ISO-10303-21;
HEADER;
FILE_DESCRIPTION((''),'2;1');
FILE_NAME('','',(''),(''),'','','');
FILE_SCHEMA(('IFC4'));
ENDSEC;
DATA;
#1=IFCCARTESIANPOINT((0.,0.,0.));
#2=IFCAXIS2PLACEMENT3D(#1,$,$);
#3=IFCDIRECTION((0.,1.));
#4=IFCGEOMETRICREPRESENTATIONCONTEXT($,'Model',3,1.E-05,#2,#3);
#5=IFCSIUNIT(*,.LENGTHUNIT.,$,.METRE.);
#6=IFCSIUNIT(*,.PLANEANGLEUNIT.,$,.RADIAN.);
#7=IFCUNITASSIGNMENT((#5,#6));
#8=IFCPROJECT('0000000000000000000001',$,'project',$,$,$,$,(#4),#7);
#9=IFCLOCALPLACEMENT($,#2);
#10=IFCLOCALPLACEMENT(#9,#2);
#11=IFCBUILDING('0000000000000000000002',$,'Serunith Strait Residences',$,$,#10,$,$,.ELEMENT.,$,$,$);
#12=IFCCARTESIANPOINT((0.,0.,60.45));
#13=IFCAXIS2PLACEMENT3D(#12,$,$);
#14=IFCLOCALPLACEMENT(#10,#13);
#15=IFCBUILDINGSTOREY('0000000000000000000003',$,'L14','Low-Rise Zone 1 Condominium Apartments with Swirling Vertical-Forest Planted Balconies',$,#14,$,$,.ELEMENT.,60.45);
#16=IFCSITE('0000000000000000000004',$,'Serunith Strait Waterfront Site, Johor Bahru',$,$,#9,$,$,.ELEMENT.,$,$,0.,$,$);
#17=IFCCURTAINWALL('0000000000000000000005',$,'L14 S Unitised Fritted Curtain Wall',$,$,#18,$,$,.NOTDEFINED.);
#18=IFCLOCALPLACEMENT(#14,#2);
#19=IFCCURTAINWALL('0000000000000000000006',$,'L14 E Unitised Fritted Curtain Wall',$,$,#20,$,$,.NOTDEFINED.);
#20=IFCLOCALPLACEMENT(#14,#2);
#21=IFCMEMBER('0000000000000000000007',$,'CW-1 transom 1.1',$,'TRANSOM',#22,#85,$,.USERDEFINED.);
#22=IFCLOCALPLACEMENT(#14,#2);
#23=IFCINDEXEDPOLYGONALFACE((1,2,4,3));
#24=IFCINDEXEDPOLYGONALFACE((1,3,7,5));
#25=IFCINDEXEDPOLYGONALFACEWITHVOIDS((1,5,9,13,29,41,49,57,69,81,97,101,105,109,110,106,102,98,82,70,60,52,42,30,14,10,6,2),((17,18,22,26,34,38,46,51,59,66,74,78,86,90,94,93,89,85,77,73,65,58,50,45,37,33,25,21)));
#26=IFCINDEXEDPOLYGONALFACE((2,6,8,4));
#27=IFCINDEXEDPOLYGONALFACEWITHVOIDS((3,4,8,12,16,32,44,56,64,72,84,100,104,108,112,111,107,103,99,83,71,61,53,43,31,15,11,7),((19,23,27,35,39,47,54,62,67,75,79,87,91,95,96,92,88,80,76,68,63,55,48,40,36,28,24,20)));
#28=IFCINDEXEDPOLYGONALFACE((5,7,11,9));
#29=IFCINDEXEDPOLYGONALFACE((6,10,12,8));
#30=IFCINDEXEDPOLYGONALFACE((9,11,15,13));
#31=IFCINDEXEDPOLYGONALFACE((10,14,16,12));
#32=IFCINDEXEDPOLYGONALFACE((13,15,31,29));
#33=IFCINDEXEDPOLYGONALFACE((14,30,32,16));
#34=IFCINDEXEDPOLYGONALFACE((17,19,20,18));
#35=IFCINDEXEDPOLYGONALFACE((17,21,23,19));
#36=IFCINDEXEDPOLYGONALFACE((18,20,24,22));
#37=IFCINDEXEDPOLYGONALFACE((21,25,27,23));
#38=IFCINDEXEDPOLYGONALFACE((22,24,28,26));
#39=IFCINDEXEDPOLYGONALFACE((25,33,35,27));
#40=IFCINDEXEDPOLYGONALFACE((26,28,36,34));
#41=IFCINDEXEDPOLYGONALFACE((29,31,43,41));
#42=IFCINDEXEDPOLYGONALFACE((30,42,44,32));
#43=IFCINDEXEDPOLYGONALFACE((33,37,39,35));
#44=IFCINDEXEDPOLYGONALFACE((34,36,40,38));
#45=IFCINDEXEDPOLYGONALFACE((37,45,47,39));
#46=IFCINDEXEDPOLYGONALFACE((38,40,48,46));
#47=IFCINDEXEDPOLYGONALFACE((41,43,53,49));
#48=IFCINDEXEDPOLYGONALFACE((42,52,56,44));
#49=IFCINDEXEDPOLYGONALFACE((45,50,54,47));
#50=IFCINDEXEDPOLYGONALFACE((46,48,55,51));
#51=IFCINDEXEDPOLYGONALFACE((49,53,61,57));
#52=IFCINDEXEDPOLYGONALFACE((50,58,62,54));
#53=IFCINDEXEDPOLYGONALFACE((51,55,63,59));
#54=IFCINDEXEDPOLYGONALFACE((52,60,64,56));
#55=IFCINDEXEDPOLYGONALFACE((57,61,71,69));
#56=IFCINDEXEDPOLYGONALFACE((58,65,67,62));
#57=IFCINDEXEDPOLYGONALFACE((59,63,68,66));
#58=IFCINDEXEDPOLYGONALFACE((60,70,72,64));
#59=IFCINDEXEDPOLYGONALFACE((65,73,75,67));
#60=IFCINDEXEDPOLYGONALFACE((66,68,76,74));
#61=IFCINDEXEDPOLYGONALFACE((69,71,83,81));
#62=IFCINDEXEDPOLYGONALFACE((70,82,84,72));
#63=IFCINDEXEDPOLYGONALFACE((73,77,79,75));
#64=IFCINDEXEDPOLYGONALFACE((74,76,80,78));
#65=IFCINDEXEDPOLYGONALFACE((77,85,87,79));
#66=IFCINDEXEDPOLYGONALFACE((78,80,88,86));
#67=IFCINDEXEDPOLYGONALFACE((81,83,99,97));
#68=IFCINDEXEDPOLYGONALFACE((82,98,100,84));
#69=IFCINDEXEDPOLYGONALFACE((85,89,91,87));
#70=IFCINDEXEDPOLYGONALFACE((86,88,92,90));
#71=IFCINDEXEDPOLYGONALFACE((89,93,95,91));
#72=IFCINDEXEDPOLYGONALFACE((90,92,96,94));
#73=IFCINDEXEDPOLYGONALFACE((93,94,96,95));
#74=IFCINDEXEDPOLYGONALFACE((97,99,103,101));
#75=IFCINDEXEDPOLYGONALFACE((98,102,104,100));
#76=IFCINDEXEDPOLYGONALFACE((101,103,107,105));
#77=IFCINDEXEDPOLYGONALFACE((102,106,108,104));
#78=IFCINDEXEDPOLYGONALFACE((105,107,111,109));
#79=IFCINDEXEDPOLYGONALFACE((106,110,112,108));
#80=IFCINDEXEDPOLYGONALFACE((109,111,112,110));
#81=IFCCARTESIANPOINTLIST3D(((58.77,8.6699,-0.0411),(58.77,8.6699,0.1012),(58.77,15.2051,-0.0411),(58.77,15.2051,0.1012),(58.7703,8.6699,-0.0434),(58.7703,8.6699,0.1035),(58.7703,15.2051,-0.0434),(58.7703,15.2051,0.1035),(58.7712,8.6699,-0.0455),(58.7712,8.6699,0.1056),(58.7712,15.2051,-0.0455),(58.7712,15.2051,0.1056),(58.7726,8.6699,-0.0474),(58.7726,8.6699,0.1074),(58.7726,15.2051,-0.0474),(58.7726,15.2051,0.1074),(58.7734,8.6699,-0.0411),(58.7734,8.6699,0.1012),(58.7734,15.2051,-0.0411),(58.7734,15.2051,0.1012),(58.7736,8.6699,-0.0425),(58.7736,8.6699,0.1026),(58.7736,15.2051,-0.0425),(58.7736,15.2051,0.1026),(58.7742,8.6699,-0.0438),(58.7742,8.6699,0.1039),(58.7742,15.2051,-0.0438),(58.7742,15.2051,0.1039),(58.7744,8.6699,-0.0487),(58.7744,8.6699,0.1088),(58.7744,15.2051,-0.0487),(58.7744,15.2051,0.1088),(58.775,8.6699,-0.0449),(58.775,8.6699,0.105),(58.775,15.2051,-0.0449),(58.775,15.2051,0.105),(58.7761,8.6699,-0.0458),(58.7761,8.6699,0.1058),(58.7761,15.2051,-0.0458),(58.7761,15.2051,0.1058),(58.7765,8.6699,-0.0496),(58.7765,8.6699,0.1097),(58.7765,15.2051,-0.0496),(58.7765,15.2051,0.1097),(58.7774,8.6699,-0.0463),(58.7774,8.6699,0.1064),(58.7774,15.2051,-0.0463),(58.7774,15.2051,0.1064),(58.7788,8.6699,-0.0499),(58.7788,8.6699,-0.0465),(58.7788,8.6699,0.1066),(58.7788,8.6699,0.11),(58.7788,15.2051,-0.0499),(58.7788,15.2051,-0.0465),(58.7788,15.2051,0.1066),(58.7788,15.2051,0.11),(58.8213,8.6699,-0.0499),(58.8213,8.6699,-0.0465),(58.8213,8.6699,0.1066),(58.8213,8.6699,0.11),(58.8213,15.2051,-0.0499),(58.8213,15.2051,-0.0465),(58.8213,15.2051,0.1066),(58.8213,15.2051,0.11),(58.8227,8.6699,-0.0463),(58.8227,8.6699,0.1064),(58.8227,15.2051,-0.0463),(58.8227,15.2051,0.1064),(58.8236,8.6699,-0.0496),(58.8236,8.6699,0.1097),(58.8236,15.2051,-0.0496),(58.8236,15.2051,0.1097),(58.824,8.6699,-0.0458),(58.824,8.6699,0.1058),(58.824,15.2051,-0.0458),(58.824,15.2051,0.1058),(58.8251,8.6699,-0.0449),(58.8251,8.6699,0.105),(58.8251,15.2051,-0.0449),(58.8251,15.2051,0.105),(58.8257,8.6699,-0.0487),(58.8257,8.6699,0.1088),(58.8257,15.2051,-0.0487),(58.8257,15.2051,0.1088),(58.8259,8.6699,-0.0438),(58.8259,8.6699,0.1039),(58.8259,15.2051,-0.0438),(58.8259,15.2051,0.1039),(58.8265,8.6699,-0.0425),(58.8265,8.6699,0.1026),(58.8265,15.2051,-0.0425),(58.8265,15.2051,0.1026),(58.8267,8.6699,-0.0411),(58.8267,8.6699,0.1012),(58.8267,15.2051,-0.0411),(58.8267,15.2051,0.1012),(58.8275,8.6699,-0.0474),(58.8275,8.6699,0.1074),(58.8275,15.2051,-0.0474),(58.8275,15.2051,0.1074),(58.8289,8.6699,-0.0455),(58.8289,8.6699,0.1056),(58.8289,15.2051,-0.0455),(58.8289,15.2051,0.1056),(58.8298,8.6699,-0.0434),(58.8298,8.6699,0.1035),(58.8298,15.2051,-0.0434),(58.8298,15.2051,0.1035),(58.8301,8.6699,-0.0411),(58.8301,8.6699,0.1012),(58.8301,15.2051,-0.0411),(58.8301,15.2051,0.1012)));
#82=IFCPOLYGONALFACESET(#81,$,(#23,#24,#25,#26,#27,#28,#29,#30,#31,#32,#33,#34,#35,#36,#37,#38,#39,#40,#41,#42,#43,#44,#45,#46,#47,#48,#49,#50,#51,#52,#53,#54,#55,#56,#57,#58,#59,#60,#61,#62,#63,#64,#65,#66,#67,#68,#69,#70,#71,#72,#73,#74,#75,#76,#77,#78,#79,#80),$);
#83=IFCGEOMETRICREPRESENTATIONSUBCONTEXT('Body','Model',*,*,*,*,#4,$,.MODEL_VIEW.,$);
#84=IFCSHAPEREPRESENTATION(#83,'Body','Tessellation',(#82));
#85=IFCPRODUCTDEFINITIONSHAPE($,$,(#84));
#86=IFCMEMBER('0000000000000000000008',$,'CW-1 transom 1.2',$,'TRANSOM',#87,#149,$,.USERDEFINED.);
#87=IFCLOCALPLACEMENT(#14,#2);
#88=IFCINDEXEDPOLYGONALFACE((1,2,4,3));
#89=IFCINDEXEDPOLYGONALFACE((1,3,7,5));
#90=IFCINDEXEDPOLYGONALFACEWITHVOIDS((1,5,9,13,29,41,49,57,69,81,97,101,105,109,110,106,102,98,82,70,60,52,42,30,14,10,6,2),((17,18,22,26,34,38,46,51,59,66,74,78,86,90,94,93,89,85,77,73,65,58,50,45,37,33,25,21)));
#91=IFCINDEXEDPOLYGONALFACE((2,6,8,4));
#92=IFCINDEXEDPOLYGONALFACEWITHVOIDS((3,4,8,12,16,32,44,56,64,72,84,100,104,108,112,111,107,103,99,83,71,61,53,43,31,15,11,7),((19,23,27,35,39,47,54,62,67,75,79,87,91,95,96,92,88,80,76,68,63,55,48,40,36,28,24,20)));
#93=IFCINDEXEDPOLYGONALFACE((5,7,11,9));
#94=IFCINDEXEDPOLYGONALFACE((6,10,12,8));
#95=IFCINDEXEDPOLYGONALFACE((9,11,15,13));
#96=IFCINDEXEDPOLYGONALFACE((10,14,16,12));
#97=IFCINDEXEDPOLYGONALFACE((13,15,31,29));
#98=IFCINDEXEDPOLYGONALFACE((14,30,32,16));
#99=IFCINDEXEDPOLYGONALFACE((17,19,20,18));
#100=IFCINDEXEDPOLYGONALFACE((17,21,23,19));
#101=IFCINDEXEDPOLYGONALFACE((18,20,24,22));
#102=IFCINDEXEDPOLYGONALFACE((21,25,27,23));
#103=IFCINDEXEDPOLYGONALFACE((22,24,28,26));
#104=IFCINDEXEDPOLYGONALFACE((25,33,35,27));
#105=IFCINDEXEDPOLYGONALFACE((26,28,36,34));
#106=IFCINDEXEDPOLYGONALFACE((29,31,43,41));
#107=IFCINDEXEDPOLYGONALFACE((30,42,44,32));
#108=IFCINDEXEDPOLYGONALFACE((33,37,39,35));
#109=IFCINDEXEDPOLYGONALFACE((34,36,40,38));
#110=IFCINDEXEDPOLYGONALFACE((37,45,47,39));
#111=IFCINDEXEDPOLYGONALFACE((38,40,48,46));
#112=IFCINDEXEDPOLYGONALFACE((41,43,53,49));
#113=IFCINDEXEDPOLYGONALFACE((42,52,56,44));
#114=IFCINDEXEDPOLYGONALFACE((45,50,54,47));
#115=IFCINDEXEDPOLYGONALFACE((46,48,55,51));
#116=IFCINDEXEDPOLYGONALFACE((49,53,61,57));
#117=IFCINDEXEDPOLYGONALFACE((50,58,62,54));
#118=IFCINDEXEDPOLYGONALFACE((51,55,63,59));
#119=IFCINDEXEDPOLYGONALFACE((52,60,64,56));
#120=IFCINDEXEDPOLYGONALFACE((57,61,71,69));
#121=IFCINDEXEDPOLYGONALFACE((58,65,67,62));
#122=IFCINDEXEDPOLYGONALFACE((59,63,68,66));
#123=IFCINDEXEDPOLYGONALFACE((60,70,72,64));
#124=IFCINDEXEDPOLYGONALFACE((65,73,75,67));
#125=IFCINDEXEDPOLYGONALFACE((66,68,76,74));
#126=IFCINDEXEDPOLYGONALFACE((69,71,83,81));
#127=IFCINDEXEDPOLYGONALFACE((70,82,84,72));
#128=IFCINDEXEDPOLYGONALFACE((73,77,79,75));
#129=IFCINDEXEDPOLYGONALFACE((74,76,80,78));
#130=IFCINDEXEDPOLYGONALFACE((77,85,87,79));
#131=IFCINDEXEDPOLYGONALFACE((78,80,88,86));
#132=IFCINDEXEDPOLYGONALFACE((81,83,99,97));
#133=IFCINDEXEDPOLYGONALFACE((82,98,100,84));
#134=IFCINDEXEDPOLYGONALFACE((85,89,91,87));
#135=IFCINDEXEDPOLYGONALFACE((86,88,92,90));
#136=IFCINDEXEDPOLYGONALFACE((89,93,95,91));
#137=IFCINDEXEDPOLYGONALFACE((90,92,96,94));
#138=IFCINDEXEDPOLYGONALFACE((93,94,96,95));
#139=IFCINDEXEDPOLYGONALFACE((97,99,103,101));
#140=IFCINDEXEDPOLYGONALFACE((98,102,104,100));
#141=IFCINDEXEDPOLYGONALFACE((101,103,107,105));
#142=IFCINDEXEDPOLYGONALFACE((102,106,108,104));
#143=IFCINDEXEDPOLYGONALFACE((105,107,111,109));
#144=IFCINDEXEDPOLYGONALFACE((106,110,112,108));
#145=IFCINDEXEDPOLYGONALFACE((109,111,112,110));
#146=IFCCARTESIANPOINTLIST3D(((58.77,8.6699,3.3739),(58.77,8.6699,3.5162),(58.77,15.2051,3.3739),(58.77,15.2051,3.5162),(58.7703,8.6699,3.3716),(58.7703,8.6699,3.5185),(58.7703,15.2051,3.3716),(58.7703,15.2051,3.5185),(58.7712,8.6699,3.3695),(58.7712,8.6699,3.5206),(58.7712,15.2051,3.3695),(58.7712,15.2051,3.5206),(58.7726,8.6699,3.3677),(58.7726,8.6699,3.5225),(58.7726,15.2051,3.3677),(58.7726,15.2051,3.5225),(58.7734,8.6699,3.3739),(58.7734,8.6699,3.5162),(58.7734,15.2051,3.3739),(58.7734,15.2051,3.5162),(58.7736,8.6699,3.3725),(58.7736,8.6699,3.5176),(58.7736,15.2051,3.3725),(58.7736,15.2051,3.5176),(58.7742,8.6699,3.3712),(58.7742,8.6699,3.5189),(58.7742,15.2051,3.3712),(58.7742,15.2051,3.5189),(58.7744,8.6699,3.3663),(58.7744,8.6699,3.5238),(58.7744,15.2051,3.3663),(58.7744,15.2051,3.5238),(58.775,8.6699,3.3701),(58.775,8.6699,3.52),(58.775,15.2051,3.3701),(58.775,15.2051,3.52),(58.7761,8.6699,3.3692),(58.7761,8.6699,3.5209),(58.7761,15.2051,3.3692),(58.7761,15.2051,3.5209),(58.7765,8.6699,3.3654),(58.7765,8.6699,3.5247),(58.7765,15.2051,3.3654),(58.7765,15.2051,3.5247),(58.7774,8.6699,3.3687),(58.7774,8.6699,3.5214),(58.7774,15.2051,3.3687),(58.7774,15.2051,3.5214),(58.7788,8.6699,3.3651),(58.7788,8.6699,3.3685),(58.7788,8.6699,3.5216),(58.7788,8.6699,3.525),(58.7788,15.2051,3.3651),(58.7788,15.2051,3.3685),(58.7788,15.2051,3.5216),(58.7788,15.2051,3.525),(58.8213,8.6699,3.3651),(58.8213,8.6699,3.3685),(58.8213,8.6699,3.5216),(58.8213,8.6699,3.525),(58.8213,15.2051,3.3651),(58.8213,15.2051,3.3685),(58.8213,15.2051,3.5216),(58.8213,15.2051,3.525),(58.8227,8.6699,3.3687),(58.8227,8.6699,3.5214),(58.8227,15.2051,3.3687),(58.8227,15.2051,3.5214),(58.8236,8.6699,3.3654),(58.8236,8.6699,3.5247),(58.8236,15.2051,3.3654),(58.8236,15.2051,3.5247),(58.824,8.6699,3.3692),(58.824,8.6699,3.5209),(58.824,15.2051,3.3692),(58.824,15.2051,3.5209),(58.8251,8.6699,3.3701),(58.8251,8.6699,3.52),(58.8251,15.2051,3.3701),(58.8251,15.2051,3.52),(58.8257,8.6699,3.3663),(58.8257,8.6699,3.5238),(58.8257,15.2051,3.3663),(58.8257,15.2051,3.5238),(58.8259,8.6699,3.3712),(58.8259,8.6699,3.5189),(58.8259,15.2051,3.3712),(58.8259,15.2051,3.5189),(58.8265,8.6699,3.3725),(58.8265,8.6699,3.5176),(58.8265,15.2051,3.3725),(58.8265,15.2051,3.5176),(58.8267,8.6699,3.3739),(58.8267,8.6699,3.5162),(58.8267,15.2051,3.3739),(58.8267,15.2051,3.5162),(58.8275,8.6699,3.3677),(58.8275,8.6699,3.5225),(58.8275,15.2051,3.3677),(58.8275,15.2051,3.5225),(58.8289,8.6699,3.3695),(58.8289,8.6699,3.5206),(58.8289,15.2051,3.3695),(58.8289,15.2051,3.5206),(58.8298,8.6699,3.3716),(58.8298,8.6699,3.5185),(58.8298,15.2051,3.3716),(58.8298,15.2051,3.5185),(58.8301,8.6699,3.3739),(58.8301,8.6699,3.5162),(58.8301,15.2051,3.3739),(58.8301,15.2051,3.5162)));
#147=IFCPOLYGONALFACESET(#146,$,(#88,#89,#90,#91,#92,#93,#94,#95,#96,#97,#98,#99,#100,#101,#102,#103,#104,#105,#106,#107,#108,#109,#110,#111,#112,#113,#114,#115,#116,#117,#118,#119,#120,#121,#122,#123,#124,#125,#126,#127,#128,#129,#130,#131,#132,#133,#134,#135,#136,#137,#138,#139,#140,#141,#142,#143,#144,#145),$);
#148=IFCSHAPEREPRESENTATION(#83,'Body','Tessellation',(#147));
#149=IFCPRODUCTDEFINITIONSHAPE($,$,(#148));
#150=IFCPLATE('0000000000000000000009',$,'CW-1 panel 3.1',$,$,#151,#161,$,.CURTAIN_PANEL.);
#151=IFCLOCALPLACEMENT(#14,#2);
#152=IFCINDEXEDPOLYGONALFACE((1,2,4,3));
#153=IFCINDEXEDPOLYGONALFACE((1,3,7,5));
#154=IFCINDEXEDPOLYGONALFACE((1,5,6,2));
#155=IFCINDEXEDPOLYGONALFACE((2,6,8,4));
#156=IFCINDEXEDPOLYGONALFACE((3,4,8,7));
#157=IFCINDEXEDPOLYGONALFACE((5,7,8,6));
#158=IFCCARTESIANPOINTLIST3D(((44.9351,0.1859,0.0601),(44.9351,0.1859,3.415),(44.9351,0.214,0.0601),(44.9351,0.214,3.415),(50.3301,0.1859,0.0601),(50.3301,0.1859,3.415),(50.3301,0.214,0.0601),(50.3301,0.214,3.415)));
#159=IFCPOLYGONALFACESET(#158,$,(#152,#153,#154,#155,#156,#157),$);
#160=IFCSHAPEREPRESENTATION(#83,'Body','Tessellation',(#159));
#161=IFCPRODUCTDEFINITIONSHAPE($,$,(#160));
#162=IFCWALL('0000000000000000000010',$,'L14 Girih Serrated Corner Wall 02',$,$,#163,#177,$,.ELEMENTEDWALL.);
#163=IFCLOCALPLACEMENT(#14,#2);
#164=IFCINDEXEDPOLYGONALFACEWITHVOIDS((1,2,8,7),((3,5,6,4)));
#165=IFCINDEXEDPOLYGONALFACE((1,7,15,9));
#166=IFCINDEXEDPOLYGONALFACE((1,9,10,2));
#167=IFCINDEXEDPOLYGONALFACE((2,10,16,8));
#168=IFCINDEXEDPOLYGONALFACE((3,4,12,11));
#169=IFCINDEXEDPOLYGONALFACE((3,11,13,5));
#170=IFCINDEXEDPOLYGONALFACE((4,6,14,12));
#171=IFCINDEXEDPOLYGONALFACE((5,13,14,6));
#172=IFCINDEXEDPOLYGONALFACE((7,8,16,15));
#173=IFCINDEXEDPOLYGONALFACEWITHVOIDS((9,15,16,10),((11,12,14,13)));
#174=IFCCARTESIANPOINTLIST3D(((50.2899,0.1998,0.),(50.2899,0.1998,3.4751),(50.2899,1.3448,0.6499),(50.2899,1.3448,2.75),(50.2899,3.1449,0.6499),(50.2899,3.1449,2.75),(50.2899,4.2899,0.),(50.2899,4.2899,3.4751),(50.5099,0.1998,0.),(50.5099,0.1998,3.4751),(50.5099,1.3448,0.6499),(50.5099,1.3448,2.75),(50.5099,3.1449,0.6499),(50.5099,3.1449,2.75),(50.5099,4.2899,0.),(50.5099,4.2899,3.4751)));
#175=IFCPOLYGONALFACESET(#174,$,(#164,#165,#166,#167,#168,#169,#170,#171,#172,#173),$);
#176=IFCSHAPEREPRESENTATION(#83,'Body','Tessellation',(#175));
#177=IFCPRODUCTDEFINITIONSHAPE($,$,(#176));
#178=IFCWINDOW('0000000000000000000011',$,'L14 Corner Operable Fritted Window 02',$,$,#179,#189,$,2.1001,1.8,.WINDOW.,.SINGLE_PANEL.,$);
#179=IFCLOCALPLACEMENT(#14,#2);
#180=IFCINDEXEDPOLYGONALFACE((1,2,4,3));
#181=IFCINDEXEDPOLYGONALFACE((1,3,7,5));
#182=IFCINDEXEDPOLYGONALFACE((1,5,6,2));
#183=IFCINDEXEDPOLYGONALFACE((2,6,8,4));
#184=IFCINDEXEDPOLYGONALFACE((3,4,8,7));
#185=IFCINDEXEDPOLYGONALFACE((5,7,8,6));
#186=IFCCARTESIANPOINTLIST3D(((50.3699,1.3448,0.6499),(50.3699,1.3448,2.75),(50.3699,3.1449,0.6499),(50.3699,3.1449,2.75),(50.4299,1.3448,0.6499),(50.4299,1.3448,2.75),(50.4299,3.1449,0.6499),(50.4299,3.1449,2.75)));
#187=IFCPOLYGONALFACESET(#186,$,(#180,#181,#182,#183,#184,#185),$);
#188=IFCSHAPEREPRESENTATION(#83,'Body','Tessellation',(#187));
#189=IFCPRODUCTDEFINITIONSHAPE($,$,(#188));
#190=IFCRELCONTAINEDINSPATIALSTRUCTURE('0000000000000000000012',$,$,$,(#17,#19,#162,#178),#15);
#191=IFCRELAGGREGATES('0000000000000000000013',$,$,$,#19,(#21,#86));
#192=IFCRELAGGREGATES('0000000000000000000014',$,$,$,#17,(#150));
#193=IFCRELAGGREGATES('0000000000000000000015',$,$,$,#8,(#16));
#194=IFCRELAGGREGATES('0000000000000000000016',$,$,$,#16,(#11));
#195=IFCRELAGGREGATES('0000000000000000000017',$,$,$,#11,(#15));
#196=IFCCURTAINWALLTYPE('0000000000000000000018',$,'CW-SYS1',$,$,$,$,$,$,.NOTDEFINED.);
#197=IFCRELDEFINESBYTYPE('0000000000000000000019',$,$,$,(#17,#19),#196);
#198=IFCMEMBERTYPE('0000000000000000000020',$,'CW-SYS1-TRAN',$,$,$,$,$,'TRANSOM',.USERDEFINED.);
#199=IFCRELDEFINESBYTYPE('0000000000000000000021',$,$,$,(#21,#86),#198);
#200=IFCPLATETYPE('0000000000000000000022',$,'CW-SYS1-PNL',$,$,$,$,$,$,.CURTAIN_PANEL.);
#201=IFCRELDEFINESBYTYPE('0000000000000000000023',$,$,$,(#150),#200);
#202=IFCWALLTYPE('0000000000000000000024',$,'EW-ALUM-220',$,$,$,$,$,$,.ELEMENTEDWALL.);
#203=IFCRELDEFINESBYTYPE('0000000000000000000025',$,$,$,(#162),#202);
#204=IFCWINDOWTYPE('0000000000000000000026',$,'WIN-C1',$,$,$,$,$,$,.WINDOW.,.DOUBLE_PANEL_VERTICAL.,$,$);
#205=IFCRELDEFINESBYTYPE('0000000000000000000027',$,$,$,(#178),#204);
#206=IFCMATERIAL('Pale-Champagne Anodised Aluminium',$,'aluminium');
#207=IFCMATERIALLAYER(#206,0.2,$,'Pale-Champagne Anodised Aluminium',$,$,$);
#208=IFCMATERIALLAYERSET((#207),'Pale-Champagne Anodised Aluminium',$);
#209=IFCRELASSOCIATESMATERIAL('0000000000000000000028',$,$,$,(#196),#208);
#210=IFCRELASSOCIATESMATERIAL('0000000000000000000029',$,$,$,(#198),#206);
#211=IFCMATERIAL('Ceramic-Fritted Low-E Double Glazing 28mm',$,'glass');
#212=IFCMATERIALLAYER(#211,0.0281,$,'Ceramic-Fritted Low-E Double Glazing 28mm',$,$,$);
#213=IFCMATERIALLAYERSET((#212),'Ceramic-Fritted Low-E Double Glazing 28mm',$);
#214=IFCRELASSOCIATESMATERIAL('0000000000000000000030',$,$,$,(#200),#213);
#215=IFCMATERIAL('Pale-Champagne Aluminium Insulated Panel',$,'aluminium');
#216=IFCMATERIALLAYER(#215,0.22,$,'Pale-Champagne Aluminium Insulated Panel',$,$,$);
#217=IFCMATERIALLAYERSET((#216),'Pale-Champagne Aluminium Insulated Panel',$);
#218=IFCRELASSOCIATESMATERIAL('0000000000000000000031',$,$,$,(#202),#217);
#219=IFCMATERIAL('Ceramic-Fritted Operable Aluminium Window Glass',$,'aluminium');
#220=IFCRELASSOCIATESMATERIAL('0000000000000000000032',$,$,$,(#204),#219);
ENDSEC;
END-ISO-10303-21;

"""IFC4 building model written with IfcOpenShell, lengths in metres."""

from ifc_helpers import new_model, si_unit, direction, frame, frame_2d, origin, origin_2d, place, context, subcontext, project, spatial, rectangle, hollow_rectangle, extrude, source, transform, mapped, material, layer, layer_set, material_profile, profile_set, type_object, element, fill, aggregate, save


model = new_model("IFC4")

# Units and contexts
model_context = context("Model", 3, precision=1e-05, world=origin(), true_north=direction((0.0, 1.0)))
body_context = subcontext(model_context, "Body", "Model", "MODEL_VIEW")
ifc_project = project(units=[si_unit("LENGTHUNIT", "METRE"), si_unit("PLANEANGLEUNIT", "RADIAN")], contexts=[model_context])

# Site, building, storey
site_placement = place(None, origin())
site = spatial("IfcSite", under=ifc_project, at=site_placement, Name="Serunith Strait Waterfront Site, Johor Bahru", CompositionType="ELEMENT", RefElevation=0.0)
building_placement = place(site_placement, origin())
building = spatial("IfcBuilding", under=site, at=building_placement, Name="Serunith Strait Residences", CompositionType="ELEMENT")
storey_placement = place(building_placement, frame((0.0, 0.0, 60.45)))
storey = spatial("IfcBuildingStorey", under=building, at=storey_placement, Name="L14", Description="Low-Rise Zone 1 Condominium Apartments with Swirling Vertical-Forest Planted Balconies", CompositionType="ELEMENT", Elevation=60.45)

# Curtain wall
ifc_material_1 = material(Name="Pale-Champagne Anodised Aluminium", Category="aluminium")
ifc_layer_1 = layer(ifc_material_1, 0.2, Name="Pale-Champagne Anodised Aluminium")
ifc_layer_set_1 = layer_set([ifc_layer_1], Name="Pale-Champagne Anodised Aluminium")
curtain_wall_type = type_object("IfcCurtainWallType", Name="CW-SYS1", PredefinedType="NOTDEFINED", material=ifc_layer_set_1)
curtain_wall_1_placement = place(storey_placement, origin())
curtain_wall_1 = element("IfcCurtainWall", 1, at=curtain_wall_1_placement, inside=storey, type_object=curtain_wall_type, Name="L14 S Unitised Fritted Curtain Wall", PredefinedType="NOTDEFINED")

# Curtain wall
curtain_wall_2_placement = place(storey_placement, origin())
curtain_wall_2 = element("IfcCurtainWall", 2, at=curtain_wall_2_placement, inside=storey, type_object=curtain_wall_type, Name="L14 E Unitised Fritted Curtain Wall", PredefinedType="NOTDEFINED")

# Members
ifc_material_profile_1 = material_profile(ifc_material_1, hollow_rectangle(XDim=0.0601, YDim=0.1599, WallThickness=0.0034, InnerFilletRadius=0.0054, OuterFilletRadius=0.0088, at=origin_2d()), Name="ALU 160x60x3.5")
ifc_profile_set_1 = profile_set([ifc_material_profile_1], Name="Pale-Champagne Anodised Aluminium")
member_type_1 = type_object("IfcMemberType", Name="CW-SYS1-TRAN", ElementType="TRANSOM", PredefinedType="USERDEFINED", material=ifc_profile_set_1)
shared_shape_1 = source(origin(), body_context, "Body", "SweptSolid", [
    extrude(hollow_rectangle(XDim=0.0601, YDim=0.1599, WallThickness=0.0034, InnerFilletRadius=0.0054, OuterFilletRadius=0.0088, at=origin_2d()), origin(), (0.0, 0.0, 1.0), 6.5352),
])
member_1_placement = place(storey_placement, frame((58.8, 8.6699, 0.03), z_axis=(0.0, 1.0, 0.0), x_axis=(-1.0, 0.0, 0.0)))
member_1 = element("IfcMember", 3, at=member_1_placement, type_object=member_type_1, Name="CW-1 transom 1.1", ObjectType="TRANSOM", PredefinedType="USERDEFINED", context=body_context, shape_type="MappedRepresentation", body=[
    mapped(shared_shape_1, transform((0.0, 0.0, 0.0), scale=1.0)),
])
member_2_placement = place(storey_placement, frame((58.8, 8.6699, 3.4451), z_axis=(0.0, 1.0, 0.0), x_axis=(-1.0, 0.0, 0.0)))
member_2 = element("IfcMember", 4, at=member_2_placement, type_object=member_type_1, Name="CW-1 transom 1.2", ObjectType="TRANSOM", PredefinedType="USERDEFINED", context=body_context, shape_type="MappedRepresentation", body=[
    mapped(shared_shape_1, transform((0.0, 0.0, 0.0), scale=1.0)),
])
aggregate(curtain_wall_2, [member_1, member_2])

# Plate
ifc_material_2 = material(Name="Ceramic-Fritted Low-E Double Glazing 28mm", Category="glass")
ifc_layer_2 = layer(ifc_material_2, 0.0281, Name="Ceramic-Fritted Low-E Double Glazing 28mm")
ifc_layer_set_2 = layer_set([ifc_layer_2], Name="Ceramic-Fritted Low-E Double Glazing 28mm")
plate_type = type_object("IfcPlateType", Name="CW-SYS1-PNL", PredefinedType="CURTAIN_PANEL", material=ifc_layer_set_2)
shared_shape_2 = source(origin(), body_context, "Body", "SweptSolid", [
    extrude(rectangle(XDim=5.395, YDim=0.0281, at=origin_2d()), origin(), (0.0, 0.0, 1.0), 3.355),
])
plate_placement = place(storey_placement, frame((47.6326, 0.2, 0.0601), z_axis=(0.0, 0.0, 1.0), x_axis=(1.0, 0.0, 0.0)))
plate = element("IfcPlate", 5, at=plate_placement, type_object=plate_type, Name="CW-1 panel 3.1", PredefinedType="CURTAIN_PANEL", context=body_context, shape_type="MappedRepresentation", body=[
    mapped(shared_shape_2, transform((0.0, 0.0, 0.0), scale=1.0)),
])
aggregate(curtain_wall_1, [plate])

# Wall, opening, window
ifc_material_3 = material(Name="Pale-Champagne Aluminium Insulated Panel", Category="aluminium")
ifc_layer_3 = layer(ifc_material_3, 0.22, Name="Pale-Champagne Aluminium Insulated Panel")
ifc_layer_set_3 = layer_set([ifc_layer_3], Name="Pale-Champagne Aluminium Insulated Panel")
wall_type_1 = type_object("IfcWallType", Name="EW-ALUM-220", PredefinedType="ELEMENTEDWALL", material=ifc_layer_set_3)
wall_1_placement = place(storey_placement, frame((50.3999, 0.2, 0.0), z_axis=(0.0, 0.0, 1.0), x_axis=(0.0, 1.0, 0.0)))
wall_1 = element("IfcWall", 6, at=wall_1_placement, inside=storey, type_object=wall_type_1, Name="L14 Girih Serrated Corner Wall 02", PredefinedType="ELEMENTEDWALL", context=body_context, shape_type="SweptSolid", body=[
    extrude(rectangle(XDim=4.0901, YDim=0.22, at=frame_2d((2.0449, 0.0))), origin(), (0.0, 0.0, 1.0), 3.4751),
])
opening_1_placement = place(wall_1_placement, frame((1.145, 0.0, 0.6499)))
opening_1 = element("IfcOpeningElement", 7, at=opening_1_placement, cuts=wall_1, PredefinedType="OPENING", context=body_context, shape_type="SweptSolid", body=[
    extrude(rectangle(XDim=1.8, YDim=2.1001, at=frame_2d((0.8999, 1.05))), frame((0.0, 0.1201, 0.0), z_axis=(0.0, -1.0, 0.0), x_axis=(1.0, 0.0, 0.0)), (0.0, 0.0, 1.0), 0.24),
])
ifc_material_4 = material(Name="Ceramic-Fritted Operable Aluminium Window Glass", Category="aluminium")
window_type = type_object("IfcWindowType", Name="WIN-C1", PartitioningType="DOUBLE_PANEL_VERTICAL", PredefinedType="WINDOW", material=ifc_material_4)
shared_shape_3 = source(origin(), body_context, "Body", "SweptSolid", [
    extrude(rectangle(XDim=1.8, YDim=2.1001, at=frame_2d((0.8999, 1.05))), frame((0.0, 0.03, 0.0), z_axis=(0.0, -1.0, 0.0), x_axis=(1.0, 0.0, 0.0)), (0.0, 0.0, 1.0), 0.0601),
])
window_1_placement = place(opening_1_placement, origin())
window_1 = element("IfcWindow", 8, at=window_1_placement, inside=storey, type_object=window_type, Name="L14 Corner Operable Fritted Window 02", OverallHeight=2.1001, OverallWidth=1.8, PartitioningType="SINGLE_PANEL", PredefinedType="WINDOW", context=body_context, shape_type="MappedRepresentation", body=[
    mapped(shared_shape_3, transform((0.0, 0.0, 0.0), scale=1.0)),
])
fill(opening_1, window_1)

save(model, "model.ifc")
